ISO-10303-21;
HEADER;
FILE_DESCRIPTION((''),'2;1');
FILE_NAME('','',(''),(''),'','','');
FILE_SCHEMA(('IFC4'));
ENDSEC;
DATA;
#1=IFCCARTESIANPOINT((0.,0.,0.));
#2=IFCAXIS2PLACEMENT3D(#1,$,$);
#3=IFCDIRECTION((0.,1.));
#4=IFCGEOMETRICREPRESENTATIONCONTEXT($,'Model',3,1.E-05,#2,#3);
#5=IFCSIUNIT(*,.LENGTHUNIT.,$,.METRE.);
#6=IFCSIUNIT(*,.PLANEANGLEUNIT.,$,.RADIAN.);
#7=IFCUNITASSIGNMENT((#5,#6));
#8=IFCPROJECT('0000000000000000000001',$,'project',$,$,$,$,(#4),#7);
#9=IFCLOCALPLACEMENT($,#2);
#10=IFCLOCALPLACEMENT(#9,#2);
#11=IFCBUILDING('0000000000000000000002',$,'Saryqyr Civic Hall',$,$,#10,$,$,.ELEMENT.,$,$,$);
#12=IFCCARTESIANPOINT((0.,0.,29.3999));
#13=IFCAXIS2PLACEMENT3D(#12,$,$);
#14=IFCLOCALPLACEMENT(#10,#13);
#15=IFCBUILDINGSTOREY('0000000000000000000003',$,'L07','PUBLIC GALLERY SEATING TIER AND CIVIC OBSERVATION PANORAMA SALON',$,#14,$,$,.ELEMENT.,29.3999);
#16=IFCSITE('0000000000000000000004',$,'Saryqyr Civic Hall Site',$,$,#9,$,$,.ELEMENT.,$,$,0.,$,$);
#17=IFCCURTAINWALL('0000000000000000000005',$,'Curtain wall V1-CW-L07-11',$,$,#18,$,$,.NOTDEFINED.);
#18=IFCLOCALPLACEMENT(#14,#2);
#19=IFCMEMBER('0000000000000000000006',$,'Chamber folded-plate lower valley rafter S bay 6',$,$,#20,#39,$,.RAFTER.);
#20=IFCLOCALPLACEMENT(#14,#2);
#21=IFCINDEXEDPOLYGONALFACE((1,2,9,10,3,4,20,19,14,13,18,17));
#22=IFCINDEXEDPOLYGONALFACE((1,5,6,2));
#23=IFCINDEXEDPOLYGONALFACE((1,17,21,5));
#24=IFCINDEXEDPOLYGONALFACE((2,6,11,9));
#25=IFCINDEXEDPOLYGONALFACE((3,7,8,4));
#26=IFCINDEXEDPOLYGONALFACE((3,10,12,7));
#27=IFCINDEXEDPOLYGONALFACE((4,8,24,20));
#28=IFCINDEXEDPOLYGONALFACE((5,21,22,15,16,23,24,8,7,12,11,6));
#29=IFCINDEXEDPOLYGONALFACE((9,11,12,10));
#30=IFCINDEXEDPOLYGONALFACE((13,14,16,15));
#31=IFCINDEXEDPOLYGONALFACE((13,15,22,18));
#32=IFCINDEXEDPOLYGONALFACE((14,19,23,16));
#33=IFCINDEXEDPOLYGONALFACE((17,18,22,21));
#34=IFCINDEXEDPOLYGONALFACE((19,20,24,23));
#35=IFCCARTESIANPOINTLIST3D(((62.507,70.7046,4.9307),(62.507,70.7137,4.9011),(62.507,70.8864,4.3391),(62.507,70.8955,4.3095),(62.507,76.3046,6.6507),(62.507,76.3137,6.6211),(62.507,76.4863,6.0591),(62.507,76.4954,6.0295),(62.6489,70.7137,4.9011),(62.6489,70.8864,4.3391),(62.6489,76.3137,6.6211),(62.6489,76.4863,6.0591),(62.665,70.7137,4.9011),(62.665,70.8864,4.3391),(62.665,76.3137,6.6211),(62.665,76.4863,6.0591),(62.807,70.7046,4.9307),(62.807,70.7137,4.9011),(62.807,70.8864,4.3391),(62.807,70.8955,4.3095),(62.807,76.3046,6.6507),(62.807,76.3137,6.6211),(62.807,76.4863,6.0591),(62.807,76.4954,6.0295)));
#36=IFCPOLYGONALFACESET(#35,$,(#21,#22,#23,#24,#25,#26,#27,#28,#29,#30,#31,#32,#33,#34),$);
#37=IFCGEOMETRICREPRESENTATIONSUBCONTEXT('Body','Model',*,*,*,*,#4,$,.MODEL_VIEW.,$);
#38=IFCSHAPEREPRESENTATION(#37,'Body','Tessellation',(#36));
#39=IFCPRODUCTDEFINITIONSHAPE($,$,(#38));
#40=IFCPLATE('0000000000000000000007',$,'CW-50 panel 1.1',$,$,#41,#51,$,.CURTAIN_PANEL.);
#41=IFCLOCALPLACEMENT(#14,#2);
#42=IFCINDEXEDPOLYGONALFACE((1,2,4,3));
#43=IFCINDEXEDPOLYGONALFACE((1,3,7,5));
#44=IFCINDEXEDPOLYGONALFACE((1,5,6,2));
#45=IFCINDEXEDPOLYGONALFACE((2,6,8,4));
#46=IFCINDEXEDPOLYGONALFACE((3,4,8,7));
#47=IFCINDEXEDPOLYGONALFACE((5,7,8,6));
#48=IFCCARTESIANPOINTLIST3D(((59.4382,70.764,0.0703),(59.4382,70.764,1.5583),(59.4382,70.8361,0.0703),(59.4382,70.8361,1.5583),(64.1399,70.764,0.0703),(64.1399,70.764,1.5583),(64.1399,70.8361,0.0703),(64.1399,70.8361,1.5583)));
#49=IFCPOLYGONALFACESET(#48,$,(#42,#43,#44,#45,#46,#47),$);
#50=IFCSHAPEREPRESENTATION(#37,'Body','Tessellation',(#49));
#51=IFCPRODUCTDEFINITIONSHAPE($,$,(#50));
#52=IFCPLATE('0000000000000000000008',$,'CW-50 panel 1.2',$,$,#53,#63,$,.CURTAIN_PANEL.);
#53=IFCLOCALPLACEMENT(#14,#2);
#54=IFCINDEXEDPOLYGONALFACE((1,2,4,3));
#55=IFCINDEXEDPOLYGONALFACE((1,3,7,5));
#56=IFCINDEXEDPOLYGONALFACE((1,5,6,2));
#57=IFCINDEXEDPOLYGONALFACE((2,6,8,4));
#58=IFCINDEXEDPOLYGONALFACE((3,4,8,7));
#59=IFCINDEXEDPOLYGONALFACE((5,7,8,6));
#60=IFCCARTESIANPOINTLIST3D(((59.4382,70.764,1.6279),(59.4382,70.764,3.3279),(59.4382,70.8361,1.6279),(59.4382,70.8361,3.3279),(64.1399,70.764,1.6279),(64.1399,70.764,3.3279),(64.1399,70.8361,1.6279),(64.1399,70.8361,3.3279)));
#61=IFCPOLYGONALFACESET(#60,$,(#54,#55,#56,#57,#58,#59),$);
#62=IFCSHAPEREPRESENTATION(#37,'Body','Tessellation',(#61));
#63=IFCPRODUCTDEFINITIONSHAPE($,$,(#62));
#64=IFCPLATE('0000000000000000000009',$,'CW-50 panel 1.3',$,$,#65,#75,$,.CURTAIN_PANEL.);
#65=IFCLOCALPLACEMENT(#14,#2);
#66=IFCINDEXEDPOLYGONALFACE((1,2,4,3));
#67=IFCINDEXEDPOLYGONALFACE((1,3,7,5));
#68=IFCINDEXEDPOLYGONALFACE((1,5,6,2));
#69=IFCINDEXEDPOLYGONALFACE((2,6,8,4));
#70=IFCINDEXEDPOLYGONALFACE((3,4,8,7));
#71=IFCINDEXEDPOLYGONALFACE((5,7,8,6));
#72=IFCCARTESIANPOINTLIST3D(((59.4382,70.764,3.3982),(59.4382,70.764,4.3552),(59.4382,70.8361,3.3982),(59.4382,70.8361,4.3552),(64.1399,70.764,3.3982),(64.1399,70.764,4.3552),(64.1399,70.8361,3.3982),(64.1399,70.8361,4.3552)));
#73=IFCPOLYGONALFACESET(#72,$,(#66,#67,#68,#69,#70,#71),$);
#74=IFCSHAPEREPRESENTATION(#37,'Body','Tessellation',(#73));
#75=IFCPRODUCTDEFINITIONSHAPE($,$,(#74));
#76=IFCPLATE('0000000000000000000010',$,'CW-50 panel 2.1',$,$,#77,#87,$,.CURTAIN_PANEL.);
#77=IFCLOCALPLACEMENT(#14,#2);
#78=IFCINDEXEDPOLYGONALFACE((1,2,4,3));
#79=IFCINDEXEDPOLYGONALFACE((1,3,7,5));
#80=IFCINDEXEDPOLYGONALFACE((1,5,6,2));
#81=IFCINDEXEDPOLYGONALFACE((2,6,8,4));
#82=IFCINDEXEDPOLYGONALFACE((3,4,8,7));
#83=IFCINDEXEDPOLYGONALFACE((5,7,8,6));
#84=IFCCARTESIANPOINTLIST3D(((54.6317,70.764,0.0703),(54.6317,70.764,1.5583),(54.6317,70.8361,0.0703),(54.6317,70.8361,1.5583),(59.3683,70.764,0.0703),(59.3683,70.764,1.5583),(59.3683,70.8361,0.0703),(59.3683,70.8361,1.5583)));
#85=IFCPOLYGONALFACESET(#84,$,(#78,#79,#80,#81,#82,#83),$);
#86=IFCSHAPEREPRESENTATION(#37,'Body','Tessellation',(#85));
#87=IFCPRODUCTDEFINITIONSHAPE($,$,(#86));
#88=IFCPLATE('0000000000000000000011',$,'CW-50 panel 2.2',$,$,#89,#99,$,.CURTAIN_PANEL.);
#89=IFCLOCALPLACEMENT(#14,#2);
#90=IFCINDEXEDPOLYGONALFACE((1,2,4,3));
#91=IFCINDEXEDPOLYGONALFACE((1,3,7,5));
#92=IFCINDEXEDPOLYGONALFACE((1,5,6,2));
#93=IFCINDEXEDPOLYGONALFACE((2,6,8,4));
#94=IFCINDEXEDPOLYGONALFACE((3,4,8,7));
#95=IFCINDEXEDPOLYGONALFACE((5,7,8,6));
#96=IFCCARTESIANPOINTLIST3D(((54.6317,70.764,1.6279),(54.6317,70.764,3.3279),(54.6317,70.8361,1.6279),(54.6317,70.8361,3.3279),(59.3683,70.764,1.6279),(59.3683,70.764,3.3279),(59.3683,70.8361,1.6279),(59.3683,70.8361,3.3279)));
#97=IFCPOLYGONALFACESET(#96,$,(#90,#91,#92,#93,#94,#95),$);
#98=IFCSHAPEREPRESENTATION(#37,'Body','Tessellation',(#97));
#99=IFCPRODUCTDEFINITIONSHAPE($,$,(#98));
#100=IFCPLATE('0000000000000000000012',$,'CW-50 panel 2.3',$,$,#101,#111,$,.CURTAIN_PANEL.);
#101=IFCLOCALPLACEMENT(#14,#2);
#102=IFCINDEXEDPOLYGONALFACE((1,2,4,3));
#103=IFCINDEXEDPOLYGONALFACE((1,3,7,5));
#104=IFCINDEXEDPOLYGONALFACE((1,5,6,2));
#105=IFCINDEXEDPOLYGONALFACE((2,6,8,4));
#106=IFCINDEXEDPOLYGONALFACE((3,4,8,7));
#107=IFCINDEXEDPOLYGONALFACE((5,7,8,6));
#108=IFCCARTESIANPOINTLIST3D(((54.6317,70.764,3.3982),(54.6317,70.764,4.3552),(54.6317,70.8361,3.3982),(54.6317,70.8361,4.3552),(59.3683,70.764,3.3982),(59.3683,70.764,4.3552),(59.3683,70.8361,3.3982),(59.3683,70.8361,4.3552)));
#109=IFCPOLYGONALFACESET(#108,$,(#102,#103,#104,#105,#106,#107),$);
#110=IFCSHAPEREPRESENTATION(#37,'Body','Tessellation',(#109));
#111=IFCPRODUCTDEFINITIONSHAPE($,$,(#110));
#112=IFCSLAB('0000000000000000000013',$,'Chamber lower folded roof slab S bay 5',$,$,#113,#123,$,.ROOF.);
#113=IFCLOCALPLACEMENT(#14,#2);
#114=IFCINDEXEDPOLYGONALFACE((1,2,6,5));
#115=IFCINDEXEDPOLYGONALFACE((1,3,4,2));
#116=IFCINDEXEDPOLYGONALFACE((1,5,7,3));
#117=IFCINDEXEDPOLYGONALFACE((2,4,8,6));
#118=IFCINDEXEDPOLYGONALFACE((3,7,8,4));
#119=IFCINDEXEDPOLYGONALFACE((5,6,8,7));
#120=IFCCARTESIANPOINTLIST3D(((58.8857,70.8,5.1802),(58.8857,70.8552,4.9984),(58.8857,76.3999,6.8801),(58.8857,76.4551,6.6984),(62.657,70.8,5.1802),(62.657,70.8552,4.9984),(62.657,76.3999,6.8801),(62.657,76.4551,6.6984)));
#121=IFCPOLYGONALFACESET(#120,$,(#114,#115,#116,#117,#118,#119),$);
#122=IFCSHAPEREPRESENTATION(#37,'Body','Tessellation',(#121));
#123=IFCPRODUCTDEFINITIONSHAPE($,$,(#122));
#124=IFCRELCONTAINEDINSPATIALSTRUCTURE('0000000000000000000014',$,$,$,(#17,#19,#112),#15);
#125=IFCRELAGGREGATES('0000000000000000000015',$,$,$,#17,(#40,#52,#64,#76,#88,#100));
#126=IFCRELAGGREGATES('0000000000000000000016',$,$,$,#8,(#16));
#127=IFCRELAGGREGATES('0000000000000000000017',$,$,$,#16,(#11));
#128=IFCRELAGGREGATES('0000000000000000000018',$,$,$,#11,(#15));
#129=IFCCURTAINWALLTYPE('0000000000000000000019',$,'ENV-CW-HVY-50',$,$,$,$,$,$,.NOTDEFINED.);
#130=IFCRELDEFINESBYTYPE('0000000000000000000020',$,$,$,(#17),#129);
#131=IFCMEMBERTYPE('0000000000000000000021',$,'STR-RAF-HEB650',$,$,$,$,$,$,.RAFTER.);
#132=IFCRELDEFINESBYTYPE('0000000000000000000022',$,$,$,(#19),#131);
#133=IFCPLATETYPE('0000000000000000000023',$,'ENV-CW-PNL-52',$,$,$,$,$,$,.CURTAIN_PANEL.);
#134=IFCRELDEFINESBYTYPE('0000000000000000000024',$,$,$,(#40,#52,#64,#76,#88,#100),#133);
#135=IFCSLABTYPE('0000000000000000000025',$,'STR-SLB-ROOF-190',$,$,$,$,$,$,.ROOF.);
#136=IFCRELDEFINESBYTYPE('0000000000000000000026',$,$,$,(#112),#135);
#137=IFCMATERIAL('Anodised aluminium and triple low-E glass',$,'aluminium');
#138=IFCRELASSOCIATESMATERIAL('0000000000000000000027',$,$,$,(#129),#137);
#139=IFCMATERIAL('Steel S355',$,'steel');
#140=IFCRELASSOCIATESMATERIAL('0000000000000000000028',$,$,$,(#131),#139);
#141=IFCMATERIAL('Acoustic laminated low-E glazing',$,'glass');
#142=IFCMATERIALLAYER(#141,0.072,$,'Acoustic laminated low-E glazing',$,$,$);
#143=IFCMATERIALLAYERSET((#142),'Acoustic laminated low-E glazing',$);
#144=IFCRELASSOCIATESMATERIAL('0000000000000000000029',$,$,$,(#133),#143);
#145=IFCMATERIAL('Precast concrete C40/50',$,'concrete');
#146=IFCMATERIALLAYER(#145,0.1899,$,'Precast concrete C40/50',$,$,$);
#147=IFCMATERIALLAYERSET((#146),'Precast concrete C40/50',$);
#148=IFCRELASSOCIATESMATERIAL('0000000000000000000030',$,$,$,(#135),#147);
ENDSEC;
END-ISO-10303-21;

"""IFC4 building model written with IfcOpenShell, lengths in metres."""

from ifc_helpers import new_model, si_unit, direction, frame, origin, origin_2d, place, context, subcontext, project, spatial, polyline, rectangle, i_section, outline, extrude, material, layer, layer_set, material_profile, profile_set, type_object, element, aggregate, save


model = new_model("IFC4")

# Units and contexts
model_context = context("Model", 3, precision=1e-05, world=origin(), true_north=direction((0.0, 1.0)))
body_context = subcontext(model_context, "Body", "Model", "MODEL_VIEW")
ifc_project = project(units=[si_unit("LENGTHUNIT", "METRE"), si_unit("PLANEANGLEUNIT", "RADIAN")], contexts=[model_context])

# Site, building, storey
site_placement = place(None, origin())
site = spatial("IfcSite", under=ifc_project, at=site_placement, Name="Saryqyr Civic Hall Site", CompositionType="ELEMENT", RefElevation=0.0)
building_placement = place(site_placement, origin())
building = spatial("IfcBuilding", under=site, at=building_placement, Name="Saryqyr Civic Hall", CompositionType="ELEMENT")
storey_placement = place(building_placement, frame((0.0, 0.0, 29.3999)))
storey = spatial("IfcBuildingStorey", under=building, at=storey_placement, Name="L07", Description="PUBLIC GALLERY SEATING TIER AND CIVIC OBSERVATION PANORAMA SALON", CompositionType="ELEMENT", Elevation=29.3999)

# Curtain wall
ifc_material_1 = material(Name="Anodised aluminium and triple low-E glass", Category="aluminium")
curtain_wall_type = type_object("IfcCurtainWallType", Name="ENV-CW-HVY-50", PredefinedType="NOTDEFINED", material=ifc_material_1)
curtain_wall_placement = place(storey_placement, origin())
curtain_wall = element("IfcCurtainWall", 1, at=curtain_wall_placement, inside=storey, type_object=curtain_wall_type, Name="Curtain wall V1-CW-L07-11", PredefinedType="NOTDEFINED")

# Member
ifc_material_2 = material(Name="Steel S355", Category="steel")
ifc_material_profile_1 = material_profile(ifc_material_2, i_section(OverallWidth=0.3, OverallDepth=0.6499, WebThickness=0.0161, FlangeThickness=0.031, at=origin_2d()), Name="HEB 650")
ifc_profile_set_1 = profile_set([ifc_material_profile_1], Name="Steel S355")
member_type_1 = type_object("IfcMemberType", Name="STR-RAF-HEB650", PredefinedType="RAFTER", material=ifc_profile_set_1)
for number, where, z_axis, x_axis, name in (
    (2, (62.657, 70.8, 4.6201), (0.0, 0.955926, 0.293608), (-1.0, 0.0, 0.0), "Chamber folded-plate lower valley rafter S bay 6"),
):
    element("IfcMember", number, at=place(storey_placement, frame(where, z_axis=z_axis, x_axis=x_axis)), inside=storey, type_object=member_type_1, Name=name, PredefinedType="RAFTER", context=body_context, shape_type="SweptSolid", body=[
        extrude(i_section(OverallWidth=0.3, OverallDepth=0.6499, WebThickness=0.0161, FlangeThickness=0.031, at=origin_2d()), origin(), (0.0, 0.0, 1.0), 5.8582),
    ])

# Plates
ifc_material_3 = material(Name="Acoustic laminated low-E glazing", Category="glass")
ifc_layer_1 = layer(ifc_material_3, 0.072, Name="Acoustic laminated low-E glazing")
ifc_layer_set_1 = layer_set([ifc_layer_1], Name="Acoustic laminated low-E glazing")
plate_type = type_object("IfcPlateType", Name="ENV-CW-PNL-52", PredefinedType="CURTAIN_PANEL", material=ifc_layer_set_1)
plate_1_placement = place(storey_placement, frame((61.7891, 70.8, 0.0703), z_axis=(0.0, 0.0, 1.0), x_axis=(-1.0, 0.0, 0.0)))
plate_1 = element("IfcPlate", 3, at=plate_1_placement, type_object=plate_type, Name="CW-50 panel 1.1", PredefinedType="CURTAIN_PANEL", context=body_context, shape_type="SweptSolid", body=[
    extrude(rectangle(XDim=4.7017, YDim=0.072, at=origin_2d()), origin(), (0.0, 0.0, 1.0), 1.488),
])
plate_2_placement = place(storey_placement, frame((61.7891, 70.8, 1.6279), z_axis=(0.0, 0.0, 1.0), x_axis=(-1.0, 0.0, 0.0)))
plate_2 = element("IfcPlate", 4, at=plate_2_placement, type_object=plate_type, Name="CW-50 panel 1.2", PredefinedType="CURTAIN_PANEL", context=body_context, shape_type="SweptSolid", body=[
    extrude(rectangle(XDim=4.7017, YDim=0.072, at=origin_2d()), origin(), (0.0, 0.0, 1.0), 1.7),
])
plate_3_placement = place(storey_placement, frame((61.7891, 70.8, 3.3982), z_axis=(0.0, 0.0, 1.0), x_axis=(-1.0, 0.0, 0.0)))
plate_3 = element("IfcPlate", 5, at=plate_3_placement, type_object=plate_type, Name="CW-50 panel 1.3", PredefinedType="CURTAIN_PANEL", context=body_context, shape_type="SweptSolid", body=[
    extrude(rectangle(XDim=4.7017, YDim=0.072, at=origin_2d()), origin(), (0.0, 0.0, 1.0), 0.957),
])
plate_4_placement = place(storey_placement, frame((57.0, 70.8, 0.0703), z_axis=(0.0, 0.0, 1.0), x_axis=(-1.0, 0.0, 0.0)))
plate_4 = element("IfcPlate", 6, at=plate_4_placement, type_object=plate_type, Name="CW-50 panel 2.1", PredefinedType="CURTAIN_PANEL", context=body_context, shape_type="SweptSolid", body=[
    extrude(rectangle(XDim=4.7366, YDim=0.072, at=origin_2d()), origin(), (0.0, 0.0, 1.0), 1.488),
])
plate_5_placement = place(storey_placement, frame((57.0, 70.8, 1.6279), z_axis=(0.0, 0.0, 1.0), x_axis=(-1.0, 0.0, 0.0)))
plate_5 = element("IfcPlate", 7, at=plate_5_placement, type_object=plate_type, Name="CW-50 panel 2.2", PredefinedType="CURTAIN_PANEL", context=body_context, shape_type="SweptSolid", body=[
    extrude(rectangle(XDim=4.7366, YDim=0.072, at=origin_2d()), origin(), (0.0, 0.0, 1.0), 1.7),
])
plate_6_placement = place(storey_placement, frame((57.0, 70.8, 3.3982), z_axis=(0.0, 0.0, 1.0), x_axis=(-1.0, 0.0, 0.0)))
plate_6 = element("IfcPlate", 8, at=plate_6_placement, type_object=plate_type, Name="CW-50 panel 2.3", PredefinedType="CURTAIN_PANEL", context=body_context, shape_type="SweptSolid", body=[
    extrude(rectangle(XDim=4.7366, YDim=0.072, at=origin_2d()), origin(), (0.0, 0.0, 1.0), 0.957),
])
aggregate(curtain_wall, [plate_1, plate_2, plate_3, plate_4, plate_5, plate_6])

# Slab
ifc_material_4 = material(Name="Precast concrete C40/50", Category="concrete")
ifc_layer_2 = layer(ifc_material_4, 0.1899, Name="Precast concrete C40/50")
ifc_layer_set_2 = layer_set([ifc_layer_2], Name="Precast concrete C40/50")
slab_type = type_object("IfcSlabType", Name="STR-SLB-ROOF-190", PredefinedType="ROOF", material=ifc_layer_set_2)
slab_placement = place(storey_placement, frame((58.8857, 70.8, 5.1802), z_axis=(0.0, -0.290481, 0.956881), x_axis=(1.0, 0.0, 0.0)))
element("IfcSlab", 9, at=slab_placement, inside=storey, type_object=slab_type, Name="Chamber lower folded roof slab S bay 5", PredefinedType="ROOF", context=body_context, shape_type="SweptSolid", body=[
    extrude(outline(polyline([(0.0, 0.0), (3.7712, 0.0), (3.7712, 5.8522), (0.0, 5.8522), (0.0, 0.0)])), origin(), (0.0, 0.0, -1.0), 0.1899),
])

save(model, "model.ifc")
